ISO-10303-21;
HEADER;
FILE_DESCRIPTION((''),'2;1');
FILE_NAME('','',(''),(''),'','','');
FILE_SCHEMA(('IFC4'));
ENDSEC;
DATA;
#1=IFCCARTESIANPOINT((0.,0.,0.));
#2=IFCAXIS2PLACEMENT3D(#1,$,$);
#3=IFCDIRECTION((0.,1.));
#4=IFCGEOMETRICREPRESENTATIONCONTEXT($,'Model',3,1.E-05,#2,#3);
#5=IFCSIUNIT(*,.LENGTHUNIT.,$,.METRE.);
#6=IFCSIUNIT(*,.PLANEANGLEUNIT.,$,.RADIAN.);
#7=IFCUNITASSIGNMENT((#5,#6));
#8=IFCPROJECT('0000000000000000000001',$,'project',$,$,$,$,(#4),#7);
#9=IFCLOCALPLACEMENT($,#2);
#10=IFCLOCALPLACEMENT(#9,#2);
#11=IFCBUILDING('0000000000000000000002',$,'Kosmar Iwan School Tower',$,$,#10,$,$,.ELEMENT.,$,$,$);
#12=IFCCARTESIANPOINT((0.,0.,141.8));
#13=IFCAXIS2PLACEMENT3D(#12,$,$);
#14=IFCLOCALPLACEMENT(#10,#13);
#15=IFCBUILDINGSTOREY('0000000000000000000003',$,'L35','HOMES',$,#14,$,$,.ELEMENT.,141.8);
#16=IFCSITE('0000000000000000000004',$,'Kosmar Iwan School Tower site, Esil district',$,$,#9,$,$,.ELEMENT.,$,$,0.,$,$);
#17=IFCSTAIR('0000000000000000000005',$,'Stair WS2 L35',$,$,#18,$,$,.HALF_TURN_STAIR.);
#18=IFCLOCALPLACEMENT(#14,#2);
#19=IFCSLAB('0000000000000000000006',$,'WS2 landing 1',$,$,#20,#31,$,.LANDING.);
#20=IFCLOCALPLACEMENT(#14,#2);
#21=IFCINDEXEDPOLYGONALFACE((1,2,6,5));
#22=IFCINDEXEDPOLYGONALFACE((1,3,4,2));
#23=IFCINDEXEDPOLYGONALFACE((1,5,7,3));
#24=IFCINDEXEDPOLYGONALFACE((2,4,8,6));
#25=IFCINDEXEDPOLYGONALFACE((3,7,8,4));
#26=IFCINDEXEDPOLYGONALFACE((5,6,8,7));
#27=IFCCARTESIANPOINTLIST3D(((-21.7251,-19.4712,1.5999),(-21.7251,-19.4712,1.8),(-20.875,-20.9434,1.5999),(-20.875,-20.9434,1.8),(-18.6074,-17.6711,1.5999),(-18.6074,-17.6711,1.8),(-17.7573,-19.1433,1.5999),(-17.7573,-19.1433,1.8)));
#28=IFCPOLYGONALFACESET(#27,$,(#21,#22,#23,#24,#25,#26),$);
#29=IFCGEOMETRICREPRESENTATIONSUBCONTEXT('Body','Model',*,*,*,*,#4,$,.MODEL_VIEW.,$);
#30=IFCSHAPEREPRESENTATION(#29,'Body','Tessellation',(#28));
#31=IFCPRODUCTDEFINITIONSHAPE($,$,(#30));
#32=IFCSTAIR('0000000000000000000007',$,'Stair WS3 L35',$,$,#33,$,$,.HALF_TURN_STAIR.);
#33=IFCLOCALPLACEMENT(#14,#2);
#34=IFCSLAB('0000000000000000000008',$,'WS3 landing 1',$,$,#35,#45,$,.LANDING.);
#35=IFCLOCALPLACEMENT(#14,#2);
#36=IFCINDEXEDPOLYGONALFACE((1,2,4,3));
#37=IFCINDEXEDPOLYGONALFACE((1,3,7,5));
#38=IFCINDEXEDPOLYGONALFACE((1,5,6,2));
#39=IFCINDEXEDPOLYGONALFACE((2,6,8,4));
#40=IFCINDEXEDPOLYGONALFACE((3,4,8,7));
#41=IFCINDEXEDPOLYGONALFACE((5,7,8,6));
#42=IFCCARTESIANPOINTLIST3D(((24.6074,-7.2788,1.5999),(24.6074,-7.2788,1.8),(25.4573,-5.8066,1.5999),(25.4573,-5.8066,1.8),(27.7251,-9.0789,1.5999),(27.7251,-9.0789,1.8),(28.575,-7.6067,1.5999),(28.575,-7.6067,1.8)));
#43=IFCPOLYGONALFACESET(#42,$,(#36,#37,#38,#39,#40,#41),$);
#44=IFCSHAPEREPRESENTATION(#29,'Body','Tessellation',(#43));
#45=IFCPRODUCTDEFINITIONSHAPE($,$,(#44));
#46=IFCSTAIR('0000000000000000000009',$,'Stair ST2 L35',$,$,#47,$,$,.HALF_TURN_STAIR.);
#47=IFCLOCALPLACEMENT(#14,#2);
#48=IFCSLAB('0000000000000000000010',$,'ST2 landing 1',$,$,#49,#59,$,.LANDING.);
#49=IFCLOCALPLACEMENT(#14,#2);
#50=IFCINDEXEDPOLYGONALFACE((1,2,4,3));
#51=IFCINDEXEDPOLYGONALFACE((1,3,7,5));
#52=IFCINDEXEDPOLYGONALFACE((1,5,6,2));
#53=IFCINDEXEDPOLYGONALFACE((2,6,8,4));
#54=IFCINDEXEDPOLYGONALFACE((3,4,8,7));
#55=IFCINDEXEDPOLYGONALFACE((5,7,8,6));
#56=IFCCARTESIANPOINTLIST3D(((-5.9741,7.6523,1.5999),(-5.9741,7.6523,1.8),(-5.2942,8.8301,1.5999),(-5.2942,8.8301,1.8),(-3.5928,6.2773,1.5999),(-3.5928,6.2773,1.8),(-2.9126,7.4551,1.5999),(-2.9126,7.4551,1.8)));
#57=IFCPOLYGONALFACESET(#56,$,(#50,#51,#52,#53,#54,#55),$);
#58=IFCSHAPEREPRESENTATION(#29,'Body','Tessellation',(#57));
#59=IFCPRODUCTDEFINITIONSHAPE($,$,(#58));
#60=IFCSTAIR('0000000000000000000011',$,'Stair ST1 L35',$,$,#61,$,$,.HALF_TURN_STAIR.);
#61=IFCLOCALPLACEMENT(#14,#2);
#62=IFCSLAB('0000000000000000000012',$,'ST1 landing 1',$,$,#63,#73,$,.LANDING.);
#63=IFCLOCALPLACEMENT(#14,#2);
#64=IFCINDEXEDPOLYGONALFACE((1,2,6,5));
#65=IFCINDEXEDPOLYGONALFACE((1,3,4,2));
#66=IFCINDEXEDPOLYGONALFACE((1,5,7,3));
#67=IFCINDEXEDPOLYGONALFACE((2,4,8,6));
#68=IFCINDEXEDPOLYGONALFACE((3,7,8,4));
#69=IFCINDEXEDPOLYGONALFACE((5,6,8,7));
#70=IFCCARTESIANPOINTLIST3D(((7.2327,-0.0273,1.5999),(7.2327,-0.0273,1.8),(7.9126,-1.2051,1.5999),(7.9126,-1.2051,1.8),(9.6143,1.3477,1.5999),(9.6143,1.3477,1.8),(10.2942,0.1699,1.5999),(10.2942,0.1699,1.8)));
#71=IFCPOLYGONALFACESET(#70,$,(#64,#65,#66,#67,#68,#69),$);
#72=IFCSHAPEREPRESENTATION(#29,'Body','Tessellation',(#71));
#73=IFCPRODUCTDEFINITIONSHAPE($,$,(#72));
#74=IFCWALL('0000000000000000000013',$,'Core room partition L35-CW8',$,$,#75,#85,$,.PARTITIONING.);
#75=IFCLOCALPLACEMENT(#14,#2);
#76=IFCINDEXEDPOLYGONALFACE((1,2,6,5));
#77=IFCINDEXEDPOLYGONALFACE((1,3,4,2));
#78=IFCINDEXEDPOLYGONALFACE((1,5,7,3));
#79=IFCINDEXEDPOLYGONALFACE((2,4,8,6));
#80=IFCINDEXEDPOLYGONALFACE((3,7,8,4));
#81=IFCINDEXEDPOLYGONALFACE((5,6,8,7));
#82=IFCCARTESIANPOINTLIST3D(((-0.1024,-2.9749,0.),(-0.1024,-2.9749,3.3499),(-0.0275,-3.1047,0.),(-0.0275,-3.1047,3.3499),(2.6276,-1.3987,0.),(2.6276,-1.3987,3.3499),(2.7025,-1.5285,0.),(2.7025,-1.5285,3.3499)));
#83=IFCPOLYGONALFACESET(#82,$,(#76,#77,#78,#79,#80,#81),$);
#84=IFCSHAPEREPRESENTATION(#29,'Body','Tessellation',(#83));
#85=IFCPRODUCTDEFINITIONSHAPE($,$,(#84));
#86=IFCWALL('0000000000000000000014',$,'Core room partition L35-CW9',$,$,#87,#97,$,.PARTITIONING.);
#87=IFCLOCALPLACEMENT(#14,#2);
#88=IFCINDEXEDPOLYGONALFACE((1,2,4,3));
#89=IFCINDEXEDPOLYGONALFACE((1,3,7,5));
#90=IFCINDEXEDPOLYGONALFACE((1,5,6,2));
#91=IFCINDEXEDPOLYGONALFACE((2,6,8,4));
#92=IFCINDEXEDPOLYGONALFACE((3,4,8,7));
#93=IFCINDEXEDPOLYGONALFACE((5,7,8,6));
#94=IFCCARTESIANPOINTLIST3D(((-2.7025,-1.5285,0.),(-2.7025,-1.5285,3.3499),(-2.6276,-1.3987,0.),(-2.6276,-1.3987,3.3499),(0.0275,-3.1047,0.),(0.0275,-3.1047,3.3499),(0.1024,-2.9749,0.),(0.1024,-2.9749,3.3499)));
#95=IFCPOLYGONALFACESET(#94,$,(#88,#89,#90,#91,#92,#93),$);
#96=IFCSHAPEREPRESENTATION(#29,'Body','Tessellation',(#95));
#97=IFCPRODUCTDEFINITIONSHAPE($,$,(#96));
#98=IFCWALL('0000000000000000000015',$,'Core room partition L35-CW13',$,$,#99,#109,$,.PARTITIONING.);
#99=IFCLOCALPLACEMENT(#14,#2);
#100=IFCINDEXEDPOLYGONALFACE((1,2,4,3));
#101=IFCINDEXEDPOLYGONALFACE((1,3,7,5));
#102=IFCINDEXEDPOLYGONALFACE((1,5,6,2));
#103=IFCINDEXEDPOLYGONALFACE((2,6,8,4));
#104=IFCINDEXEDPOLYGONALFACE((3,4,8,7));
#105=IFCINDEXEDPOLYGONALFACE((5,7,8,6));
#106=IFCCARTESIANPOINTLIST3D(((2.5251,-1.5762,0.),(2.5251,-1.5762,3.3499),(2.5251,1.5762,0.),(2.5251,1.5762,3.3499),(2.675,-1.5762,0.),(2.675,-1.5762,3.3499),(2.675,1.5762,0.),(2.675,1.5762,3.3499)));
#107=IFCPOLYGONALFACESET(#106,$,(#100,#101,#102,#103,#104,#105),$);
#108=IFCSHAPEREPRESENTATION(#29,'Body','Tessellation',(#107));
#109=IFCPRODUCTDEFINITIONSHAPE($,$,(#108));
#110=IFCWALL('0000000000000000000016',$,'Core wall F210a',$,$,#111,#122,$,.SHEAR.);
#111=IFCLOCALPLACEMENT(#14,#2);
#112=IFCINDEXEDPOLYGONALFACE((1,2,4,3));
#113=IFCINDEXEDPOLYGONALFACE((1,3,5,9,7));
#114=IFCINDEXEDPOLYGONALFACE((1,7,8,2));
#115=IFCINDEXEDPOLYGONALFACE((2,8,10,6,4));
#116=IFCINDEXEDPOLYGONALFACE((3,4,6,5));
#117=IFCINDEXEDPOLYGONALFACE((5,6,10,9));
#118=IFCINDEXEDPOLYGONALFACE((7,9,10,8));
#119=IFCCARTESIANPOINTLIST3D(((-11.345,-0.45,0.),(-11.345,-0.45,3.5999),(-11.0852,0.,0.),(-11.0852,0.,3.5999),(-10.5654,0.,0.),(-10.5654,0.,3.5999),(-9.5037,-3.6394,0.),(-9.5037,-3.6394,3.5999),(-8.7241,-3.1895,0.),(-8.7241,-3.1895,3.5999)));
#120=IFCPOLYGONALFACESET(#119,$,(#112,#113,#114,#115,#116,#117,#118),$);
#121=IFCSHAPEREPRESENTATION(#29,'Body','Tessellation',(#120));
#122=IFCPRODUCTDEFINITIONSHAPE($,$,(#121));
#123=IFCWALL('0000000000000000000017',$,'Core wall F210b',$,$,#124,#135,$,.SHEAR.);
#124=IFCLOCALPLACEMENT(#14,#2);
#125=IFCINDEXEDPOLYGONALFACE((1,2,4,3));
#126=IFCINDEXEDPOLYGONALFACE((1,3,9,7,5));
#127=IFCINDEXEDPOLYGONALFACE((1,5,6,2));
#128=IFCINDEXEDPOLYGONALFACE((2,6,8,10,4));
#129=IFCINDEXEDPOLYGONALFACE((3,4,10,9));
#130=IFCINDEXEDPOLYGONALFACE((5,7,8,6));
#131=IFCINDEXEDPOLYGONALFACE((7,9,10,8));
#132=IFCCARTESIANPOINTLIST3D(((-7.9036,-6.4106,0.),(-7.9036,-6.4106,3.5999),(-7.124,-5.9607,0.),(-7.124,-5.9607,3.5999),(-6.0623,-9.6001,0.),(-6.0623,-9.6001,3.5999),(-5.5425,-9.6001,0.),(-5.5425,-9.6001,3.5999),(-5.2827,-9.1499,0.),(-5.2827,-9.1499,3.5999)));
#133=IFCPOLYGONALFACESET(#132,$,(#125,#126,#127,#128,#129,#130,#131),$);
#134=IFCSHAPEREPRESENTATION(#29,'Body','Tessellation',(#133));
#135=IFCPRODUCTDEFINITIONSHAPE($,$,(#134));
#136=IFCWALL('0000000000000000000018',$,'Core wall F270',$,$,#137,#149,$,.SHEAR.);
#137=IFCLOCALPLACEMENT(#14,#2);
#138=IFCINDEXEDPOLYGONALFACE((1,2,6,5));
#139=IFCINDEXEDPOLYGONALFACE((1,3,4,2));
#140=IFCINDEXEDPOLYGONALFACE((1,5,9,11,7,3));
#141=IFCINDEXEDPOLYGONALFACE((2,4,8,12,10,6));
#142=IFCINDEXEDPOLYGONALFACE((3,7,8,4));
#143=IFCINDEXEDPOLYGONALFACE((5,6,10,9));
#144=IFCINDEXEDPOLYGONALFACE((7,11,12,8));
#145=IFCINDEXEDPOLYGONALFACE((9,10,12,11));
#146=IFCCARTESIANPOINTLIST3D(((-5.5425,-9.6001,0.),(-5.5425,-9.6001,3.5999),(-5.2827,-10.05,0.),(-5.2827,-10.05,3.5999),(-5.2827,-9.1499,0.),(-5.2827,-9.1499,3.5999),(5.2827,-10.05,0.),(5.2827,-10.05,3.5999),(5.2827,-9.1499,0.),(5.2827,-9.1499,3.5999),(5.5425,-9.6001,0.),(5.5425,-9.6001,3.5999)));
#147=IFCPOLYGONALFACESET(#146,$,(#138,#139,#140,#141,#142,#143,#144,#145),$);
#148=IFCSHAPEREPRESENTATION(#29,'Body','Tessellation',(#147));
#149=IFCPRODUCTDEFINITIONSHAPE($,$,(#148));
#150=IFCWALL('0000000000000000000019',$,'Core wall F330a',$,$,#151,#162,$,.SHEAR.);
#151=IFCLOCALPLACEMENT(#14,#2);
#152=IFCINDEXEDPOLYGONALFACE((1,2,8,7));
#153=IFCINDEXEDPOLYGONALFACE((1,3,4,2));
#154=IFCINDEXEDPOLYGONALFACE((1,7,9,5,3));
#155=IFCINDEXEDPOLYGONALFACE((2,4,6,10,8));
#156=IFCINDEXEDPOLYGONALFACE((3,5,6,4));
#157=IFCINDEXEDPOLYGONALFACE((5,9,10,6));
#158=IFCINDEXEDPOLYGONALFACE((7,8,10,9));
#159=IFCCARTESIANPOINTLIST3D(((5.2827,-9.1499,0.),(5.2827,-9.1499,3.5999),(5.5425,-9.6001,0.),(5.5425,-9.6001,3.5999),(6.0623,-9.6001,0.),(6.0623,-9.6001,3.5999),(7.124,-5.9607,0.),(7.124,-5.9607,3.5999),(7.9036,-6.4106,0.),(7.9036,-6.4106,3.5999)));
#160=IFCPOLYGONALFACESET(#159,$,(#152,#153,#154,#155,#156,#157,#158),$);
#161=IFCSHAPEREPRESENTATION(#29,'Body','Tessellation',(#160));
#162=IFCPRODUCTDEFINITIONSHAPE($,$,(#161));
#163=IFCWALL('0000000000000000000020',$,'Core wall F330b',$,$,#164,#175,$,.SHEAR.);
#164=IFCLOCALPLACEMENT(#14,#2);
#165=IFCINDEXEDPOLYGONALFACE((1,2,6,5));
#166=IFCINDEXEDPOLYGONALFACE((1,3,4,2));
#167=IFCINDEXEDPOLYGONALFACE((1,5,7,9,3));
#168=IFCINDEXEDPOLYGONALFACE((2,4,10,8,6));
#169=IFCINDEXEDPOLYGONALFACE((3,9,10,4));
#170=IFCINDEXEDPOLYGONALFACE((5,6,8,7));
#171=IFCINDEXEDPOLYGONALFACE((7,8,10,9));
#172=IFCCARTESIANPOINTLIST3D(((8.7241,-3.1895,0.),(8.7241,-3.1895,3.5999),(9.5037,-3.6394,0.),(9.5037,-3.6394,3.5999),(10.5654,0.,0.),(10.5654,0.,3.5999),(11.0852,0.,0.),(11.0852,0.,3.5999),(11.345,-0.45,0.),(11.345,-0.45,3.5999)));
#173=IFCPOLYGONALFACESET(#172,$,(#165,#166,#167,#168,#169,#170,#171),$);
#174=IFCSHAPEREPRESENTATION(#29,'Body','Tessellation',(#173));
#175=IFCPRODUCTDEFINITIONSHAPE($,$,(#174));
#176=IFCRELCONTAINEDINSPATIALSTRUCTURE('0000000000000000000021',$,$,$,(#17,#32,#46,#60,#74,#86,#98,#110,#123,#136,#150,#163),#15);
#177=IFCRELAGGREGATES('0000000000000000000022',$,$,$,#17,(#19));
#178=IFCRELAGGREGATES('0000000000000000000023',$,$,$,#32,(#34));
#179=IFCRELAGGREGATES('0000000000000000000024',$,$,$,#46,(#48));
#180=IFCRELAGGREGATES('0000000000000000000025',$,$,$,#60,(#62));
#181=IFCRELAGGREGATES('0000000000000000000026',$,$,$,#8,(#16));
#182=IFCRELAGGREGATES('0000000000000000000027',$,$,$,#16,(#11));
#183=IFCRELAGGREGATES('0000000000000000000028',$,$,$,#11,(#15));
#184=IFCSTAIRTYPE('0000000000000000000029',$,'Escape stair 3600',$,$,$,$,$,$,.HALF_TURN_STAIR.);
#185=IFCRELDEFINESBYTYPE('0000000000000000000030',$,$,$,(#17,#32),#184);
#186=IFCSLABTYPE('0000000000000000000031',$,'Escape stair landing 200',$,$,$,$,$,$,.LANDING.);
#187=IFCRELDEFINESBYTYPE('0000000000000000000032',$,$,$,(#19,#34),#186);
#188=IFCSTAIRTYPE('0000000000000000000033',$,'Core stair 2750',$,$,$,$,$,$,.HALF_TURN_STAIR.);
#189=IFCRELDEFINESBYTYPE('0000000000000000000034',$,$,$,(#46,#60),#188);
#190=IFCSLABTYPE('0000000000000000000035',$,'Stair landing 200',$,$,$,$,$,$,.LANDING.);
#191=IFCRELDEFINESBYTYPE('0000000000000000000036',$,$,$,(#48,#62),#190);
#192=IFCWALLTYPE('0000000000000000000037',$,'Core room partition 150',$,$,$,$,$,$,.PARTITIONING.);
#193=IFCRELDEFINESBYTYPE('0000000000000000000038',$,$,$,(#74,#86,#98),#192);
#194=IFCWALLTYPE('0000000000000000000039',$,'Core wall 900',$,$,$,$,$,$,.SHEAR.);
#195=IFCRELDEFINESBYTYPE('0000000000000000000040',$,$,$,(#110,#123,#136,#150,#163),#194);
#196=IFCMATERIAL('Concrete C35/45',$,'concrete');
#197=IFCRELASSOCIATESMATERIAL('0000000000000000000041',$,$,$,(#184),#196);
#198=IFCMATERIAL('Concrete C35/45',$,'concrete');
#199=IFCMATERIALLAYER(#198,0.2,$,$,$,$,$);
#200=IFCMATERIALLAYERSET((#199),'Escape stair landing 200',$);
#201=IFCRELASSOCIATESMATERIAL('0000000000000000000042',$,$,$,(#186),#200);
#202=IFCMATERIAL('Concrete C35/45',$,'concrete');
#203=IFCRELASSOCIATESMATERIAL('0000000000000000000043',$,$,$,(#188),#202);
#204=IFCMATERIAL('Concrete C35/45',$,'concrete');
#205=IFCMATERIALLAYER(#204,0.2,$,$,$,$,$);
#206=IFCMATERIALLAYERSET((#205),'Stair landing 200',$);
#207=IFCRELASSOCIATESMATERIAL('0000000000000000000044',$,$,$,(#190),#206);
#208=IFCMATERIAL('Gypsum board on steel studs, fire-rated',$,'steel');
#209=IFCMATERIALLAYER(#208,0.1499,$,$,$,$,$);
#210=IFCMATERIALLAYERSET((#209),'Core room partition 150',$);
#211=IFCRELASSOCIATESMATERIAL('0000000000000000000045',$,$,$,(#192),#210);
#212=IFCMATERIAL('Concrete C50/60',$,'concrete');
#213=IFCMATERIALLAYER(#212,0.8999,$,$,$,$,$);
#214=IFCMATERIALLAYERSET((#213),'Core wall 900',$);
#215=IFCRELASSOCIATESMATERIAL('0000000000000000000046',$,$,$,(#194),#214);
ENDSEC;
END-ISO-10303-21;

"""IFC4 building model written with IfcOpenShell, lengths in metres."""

from ifc_helpers import new_model, si_unit, direction, frame, frame_2d, origin, place, context, subcontext, project, spatial, polyline, rectangle, outline, extrude, material, layer, layer_set, type_object, element, aggregate, save


model = new_model("IFC4")

# Units and contexts
model_context = context("Model", 3, precision=1e-05, world=origin(), true_north=direction((0.0, 1.0)))
body_context = subcontext(model_context, "Body", "Model", "MODEL_VIEW")
ifc_project = project(units=[si_unit("LENGTHUNIT", "METRE"), si_unit("PLANEANGLEUNIT", "RADIAN")], contexts=[model_context])

# Site, building, storey
site_placement = place(None, origin())
site = spatial("IfcSite", under=ifc_project, at=site_placement, Name="Kosmar Iwan School Tower site, Esil district", CompositionType="ELEMENT", RefElevation=0.0)
building_placement = place(site_placement, origin())
building = spatial("IfcBuilding", under=site, at=building_placement, Name="Kosmar Iwan School Tower", CompositionType="ELEMENT")
storey_placement = place(building_placement, frame((0.0, 0.0, 141.8)))
storey = spatial("IfcBuildingStorey", under=building, at=storey_placement, Name="L35", Description="HOMES", CompositionType="ELEMENT", Elevation=141.8)

# Stairs, slabs
ifc_material_1 = material(Name="Concrete C35/45", Category="concrete")
stair_type_1 = type_object("IfcStairType", Name="Escape stair 3600", PredefinedType="HALF_TURN_STAIR", material=ifc_material_1)
stair_1_placement = place(storey_placement, origin())
stair_1 = element("IfcStair", 1, at=stair_1_placement, inside=storey, type_object=stair_type_1, Name="Stair WS2 L35", PredefinedType="HALF_TURN_STAIR")
ifc_material_2 = material(Name="Concrete C35/45", Category="concrete")
ifc_layer_1 = layer(ifc_material_2, 0.2)
ifc_layer_set_1 = layer_set([ifc_layer_1], Name="Escape stair landing 200")
slab_type_1 = type_object("IfcSlabType", Name="Escape stair landing 200", PredefinedType="LANDING", material=ifc_layer_set_1)
slab_1_placement = place(storey_placement, frame((0.0, 0.0, 1.5999)))
slab_1 = element("IfcSlab", 2, at=slab_1_placement, type_object=slab_type_1, Name="WS2 landing 1", PredefinedType="LANDING", context=body_context, shape_type="SweptSolid", body=[
    extrude(outline(polyline([(-18.6074, -17.6711), (-21.7251, -19.4712), (-20.875, -20.9434), (-17.7573, -19.1433), (-18.6074, -17.6711)])), origin(), (0.0, 0.0, 1.0), 0.2002),
])
aggregate(stair_1, [slab_1])
stair_2_placement = place(storey_placement, origin())
stair_2 = element("IfcStair", 3, at=stair_2_placement, inside=storey, type_object=stair_type_1, Name="Stair WS3 L35", PredefinedType="HALF_TURN_STAIR")
slab_2_placement = place(storey_placement, frame((0.0, 0.0, 1.5999)))
slab_2 = element("IfcSlab", 4, at=slab_2_placement, type_object=slab_type_1, Name="WS3 landing 1", PredefinedType="LANDING", context=body_context, shape_type="SweptSolid", body=[
    extrude(outline(polyline([(24.6074, -7.2788), (27.7251, -9.0789), (28.575, -7.6067), (25.4573, -5.8066), (24.6074, -7.2788)])), origin(), (0.0, 0.0, 1.0), 0.2002),
])
aggregate(stair_2, [slab_2])
ifc_material_3 = material(Name="Concrete C35/45", Category="concrete")
stair_type_2 = type_object("IfcStairType", Name="Core stair 2750", PredefinedType="HALF_TURN_STAIR", material=ifc_material_3)
stair_3_placement = place(storey_placement, origin())
stair_3 = element("IfcStair", 5, at=stair_3_placement, inside=storey, type_object=stair_type_2, Name="Stair ST2 L35", PredefinedType="HALF_TURN_STAIR")
ifc_material_4 = material(Name="Concrete C35/45", Category="concrete")
ifc_layer_2 = layer(ifc_material_4, 0.2)
ifc_layer_set_2 = layer_set([ifc_layer_2], Name="Stair landing 200")
slab_type_2 = type_object("IfcSlabType", Name="Stair landing 200", PredefinedType="LANDING", material=ifc_layer_set_2)
slab_3_placement = place(storey_placement, frame((0.0, 0.0, 1.5999)))
slab_3 = element("IfcSlab", 6, at=slab_3_placement, type_object=slab_type_2, Name="ST2 landing 1", PredefinedType="LANDING", context=body_context, shape_type="SweptSolid", body=[
    extrude(outline(polyline([(-2.9126, 7.4551), (-5.2942, 8.8301), (-5.9741, 7.6523), (-3.5928, 6.2773), (-2.9126, 7.4551)])), origin(), (0.0, 0.0, 1.0), 0.2002),
])
aggregate(stair_3, [slab_3])
stair_4_placement = place(storey_placement, origin())
stair_4 = element("IfcStair", 7, at=stair_4_placement, inside=storey, type_object=stair_type_2, Name="Stair ST1 L35", PredefinedType="HALF_TURN_STAIR")
slab_4_placement = place(storey_placement, frame((0.0, 0.0, 1.5999)))
slab_4 = element("IfcSlab", 8, at=slab_4_placement, type_object=slab_type_2, Name="ST1 landing 1", PredefinedType="LANDING", context=body_context, shape_type="SweptSolid", body=[
    extrude(outline(polyline([(7.9126, -1.2051), (10.2942, 0.1699), (9.6143, 1.3477), (7.2327, -0.0273), (7.9126, -1.2051)])), origin(), (0.0, 0.0, 1.0), 0.2002),
])

# Walls
ifc_material_5 = material(Name="Gypsum board on steel studs, fire-rated", Category="steel")
ifc_layer_3 = layer(ifc_material_5, 0.1499)
ifc_layer_set_3 = layer_set([ifc_layer_3], Name="Core room partition 150")
wall_type_1 = type_object("IfcWallType", Name="Core room partition 150", PredefinedType="PARTITIONING", material=ifc_layer_set_3)
for number, where, z_axis, x_axis, name in (
    (9, (2.665, -1.4636, 0.0), (0.0, 0.0, 1.0), (-0.866023, -0.500004, 0.0), "Core room partition L35-CW8"),
    (10, (0.0649, -3.0398, 0.0), (0.0, 0.0, 1.0), (-0.866023, 0.500004, 0.0), "Core room partition L35-CW9"),
    (11, (2.6001, 1.5762, 0.0), (0.0, 0.0, 1.0), (0.0, -1.0, 0.0), "Core room partition L35-CW13"),
):
    element("IfcWall", number, at=place(storey_placement, frame(where, z_axis=z_axis, x_axis=x_axis)), inside=storey, type_object=wall_type_1, Name=name, PredefinedType="PARTITIONING", context=body_context, shape_type="SweptSolid", body=[
        extrude(rectangle(XDim=3.1523, YDim=0.1499, at=frame_2d((1.5762, 0.0))), origin(), (0.0, 0.0, 1.0), 3.3499),
    ])
ifc_material_6 = material(Name="Concrete C50/60", Category="concrete")
ifc_layer_4 = layer(ifc_material_6, 0.8999)
ifc_layer_set_4 = layer_set([ifc_layer_4], Name="Core wall 900")
wall_type_2 = type_object("IfcWallType", Name="Core wall 900", PredefinedType="SHEAR", material=ifc_layer_set_4)
wall_1_placement = place(storey_placement, origin())
element("IfcWall", 12, at=wall_1_placement, inside=storey, type_object=wall_type_2, Name="Core wall F210a", PredefinedType="SHEAR", context=body_context, shape_type="SweptSolid", body=[
    extrude(outline(polyline([(-9.5037, -3.6394), (-8.7241, -3.1895), (-10.5654, 0.0), (-11.0852, 0.0), (-11.345, -0.45), (-9.5037, -3.6394)])), origin(), (0.0, 0.0, 1.0), 3.5999),
])
wall_2_placement = place(storey_placement, origin())
element("IfcWall", 13, at=wall_2_placement, inside=storey, type_object=wall_type_2, Name="Core wall F210b", PredefinedType="SHEAR", context=body_context, shape_type="SweptSolid", body=[
    extrude(outline(polyline([(-6.0623, -9.6001), (-5.5425, -9.6001), (-5.2827, -9.1499), (-7.124, -5.9607), (-7.9036, -6.4106), (-6.0623, -9.6001)])), origin(), (0.0, 0.0, 1.0), 3.5999),
])
wall_3_placement = place(storey_placement, origin())
element("IfcWall", 14, at=wall_3_placement, inside=storey, type_object=wall_type_2, Name="Core wall F270", PredefinedType="SHEAR", context=body_context, shape_type="SweptSolid", body=[
    extrude(outline(polyline([(-5.2827, -10.05), (5.2827, -10.05), (5.5425, -9.6001), (5.2827, -9.1499), (-5.2827, -9.1499), (-5.5425, -9.6001), (-5.2827, -10.05)])), origin(), (0.0, 0.0, 1.0), 3.5999),
])
wall_4_placement = place(storey_placement, origin())
element("IfcWall", 15, at=wall_4_placement, inside=storey, type_object=wall_type_2, Name="Core wall F330a", PredefinedType="SHEAR", context=body_context, shape_type="SweptSolid", body=[
    extrude(outline(polyline([(5.5425, -9.6001), (6.0623, -9.6001), (7.9036, -6.4106), (7.124, -5.9607), (5.2827, -9.1499), (5.5425, -9.6001)])), origin(), (0.0, 0.0, 1.0), 3.5999),
])
wall_5_placement = place(storey_placement, origin())
element("IfcWall", 16, at=wall_5_placement, inside=storey, type_object=wall_type_2, Name="Core wall F330b", PredefinedType="SHEAR", context=body_context, shape_type="SweptSolid", body=[
    extrude(outline(polyline([(9.5037, -3.6394), (11.345, -0.45), (11.0852, 0.0), (10.5654, 0.0), (8.7241, -3.1895), (9.5037, -3.6394)])), origin(), (0.0, 0.0, 1.0), 3.5999),
])

aggregate(stair_4, [slab_4])

save(model, "model.ifc")
